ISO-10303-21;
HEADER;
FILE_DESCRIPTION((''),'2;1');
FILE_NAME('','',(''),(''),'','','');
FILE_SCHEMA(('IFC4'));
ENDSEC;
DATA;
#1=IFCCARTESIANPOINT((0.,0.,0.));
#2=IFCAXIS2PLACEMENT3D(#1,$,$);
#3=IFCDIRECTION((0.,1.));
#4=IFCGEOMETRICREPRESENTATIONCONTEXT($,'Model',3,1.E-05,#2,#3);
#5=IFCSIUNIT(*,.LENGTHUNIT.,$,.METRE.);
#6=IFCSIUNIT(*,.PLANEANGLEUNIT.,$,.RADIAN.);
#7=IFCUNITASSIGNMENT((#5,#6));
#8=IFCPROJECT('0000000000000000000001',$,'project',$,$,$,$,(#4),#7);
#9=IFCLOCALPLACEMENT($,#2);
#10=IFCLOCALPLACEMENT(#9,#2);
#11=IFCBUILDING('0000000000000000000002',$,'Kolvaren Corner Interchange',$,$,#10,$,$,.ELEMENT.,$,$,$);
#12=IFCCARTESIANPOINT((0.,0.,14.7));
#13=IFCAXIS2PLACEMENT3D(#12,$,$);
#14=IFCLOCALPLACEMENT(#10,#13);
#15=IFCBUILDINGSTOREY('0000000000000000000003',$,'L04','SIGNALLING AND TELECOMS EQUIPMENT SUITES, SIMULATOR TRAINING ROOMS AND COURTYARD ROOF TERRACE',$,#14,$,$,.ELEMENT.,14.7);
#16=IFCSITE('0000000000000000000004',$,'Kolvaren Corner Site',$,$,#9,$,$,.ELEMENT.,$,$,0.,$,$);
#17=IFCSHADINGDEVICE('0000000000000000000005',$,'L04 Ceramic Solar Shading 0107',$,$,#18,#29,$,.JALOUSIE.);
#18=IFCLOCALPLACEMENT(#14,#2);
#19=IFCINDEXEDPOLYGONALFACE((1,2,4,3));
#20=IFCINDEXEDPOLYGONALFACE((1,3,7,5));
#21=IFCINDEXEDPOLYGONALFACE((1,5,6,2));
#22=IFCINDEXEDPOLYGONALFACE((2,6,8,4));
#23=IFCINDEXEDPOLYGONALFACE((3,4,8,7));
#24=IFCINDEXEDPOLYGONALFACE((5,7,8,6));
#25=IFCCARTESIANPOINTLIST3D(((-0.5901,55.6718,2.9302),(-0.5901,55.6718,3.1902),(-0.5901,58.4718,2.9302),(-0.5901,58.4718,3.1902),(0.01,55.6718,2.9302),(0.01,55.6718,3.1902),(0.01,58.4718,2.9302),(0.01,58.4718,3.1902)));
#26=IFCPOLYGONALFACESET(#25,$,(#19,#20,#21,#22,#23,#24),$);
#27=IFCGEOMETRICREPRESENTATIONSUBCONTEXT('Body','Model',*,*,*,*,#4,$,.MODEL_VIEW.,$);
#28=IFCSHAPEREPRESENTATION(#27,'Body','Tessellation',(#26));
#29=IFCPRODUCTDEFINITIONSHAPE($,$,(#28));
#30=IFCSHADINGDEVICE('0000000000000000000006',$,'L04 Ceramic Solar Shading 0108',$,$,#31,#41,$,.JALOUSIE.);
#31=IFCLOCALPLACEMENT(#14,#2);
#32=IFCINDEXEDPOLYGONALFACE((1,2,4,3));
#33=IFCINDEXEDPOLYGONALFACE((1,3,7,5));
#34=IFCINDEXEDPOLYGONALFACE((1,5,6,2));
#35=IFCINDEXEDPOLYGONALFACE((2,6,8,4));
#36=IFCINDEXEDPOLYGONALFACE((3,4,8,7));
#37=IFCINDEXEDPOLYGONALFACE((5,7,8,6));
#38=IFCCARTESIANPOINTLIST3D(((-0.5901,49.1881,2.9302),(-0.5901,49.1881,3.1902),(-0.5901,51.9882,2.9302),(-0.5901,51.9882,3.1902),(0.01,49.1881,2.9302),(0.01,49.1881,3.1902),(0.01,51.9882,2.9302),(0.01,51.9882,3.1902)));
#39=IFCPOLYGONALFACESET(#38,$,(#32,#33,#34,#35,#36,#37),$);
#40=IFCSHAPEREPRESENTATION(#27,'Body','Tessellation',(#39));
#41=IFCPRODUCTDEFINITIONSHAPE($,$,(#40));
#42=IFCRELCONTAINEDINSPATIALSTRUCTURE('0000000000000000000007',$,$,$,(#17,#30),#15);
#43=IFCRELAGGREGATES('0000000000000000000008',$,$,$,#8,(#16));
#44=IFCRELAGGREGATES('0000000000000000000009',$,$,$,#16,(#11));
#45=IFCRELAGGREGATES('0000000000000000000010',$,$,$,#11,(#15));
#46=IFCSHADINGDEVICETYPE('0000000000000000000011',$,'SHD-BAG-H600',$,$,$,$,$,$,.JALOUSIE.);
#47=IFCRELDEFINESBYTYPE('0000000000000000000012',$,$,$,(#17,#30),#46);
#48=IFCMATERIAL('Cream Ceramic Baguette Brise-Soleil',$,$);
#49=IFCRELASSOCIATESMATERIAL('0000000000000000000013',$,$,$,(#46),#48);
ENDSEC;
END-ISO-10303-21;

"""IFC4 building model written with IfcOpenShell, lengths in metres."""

from ifc_helpers import new_model, si_unit, direction, frame, origin, origin_2d, place, context, subcontext, project, spatial, rectangle, extrude, material, type_object, element, save


model = new_model("IFC4")

# Units and contexts
model_context = context("Model", 3, precision=1e-05, world=origin(), true_north=direction((0.0, 1.0)))
body_context = subcontext(model_context, "Body", "Model", "MODEL_VIEW")
ifc_project = project(units=[si_unit("LENGTHUNIT", "METRE"), si_unit("PLANEANGLEUNIT", "RADIAN")], contexts=[model_context])

# Site, building, storey
site_placement = place(None, origin())
site = spatial("IfcSite", under=ifc_project, at=site_placement, Name="Kolvaren Corner Site", CompositionType="ELEMENT", RefElevation=0.0)
building_placement = place(site_placement, origin())
building = spatial("IfcBuilding", under=site, at=building_placement, Name="Kolvaren Corner Interchange", CompositionType="ELEMENT")
storey_placement = place(building_placement, frame((0.0, 0.0, 14.7)))
storey = spatial("IfcBuildingStorey", under=building, at=storey_placement, Name="L04", Description="SIGNALLING AND TELECOMS EQUIPMENT SUITES, SIMULATOR TRAINING ROOMS AND COURTYARD ROOF TERRACE", CompositionType="ELEMENT", Elevation=14.7)

# Shading devices
ifc_material_1 = material(Name="Cream Ceramic Baguette Brise-Soleil")
shading_device_type = type_object("IfcShadingDeviceType", Name="SHD-BAG-H600", PredefinedType="JALOUSIE", material=ifc_material_1)
for number, where, z_axis, x_axis, name in (
    (1, (-0.29, 57.0718, 2.9302), (0.0, 0.0, 1.0), (0.0, -1.0, 0.0), "L04 Ceramic Solar Shading 0107"),
    (2, (-0.29, 50.5881, 2.9302), (0.0, 0.0, 1.0), (0.0, -1.0, 0.0), "L04 Ceramic Solar Shading 0108"),
):
    element("IfcShadingDevice", number, at=place(storey_placement, frame(where, z_axis=z_axis, x_axis=x_axis)), inside=storey, type_object=shading_device_type, Name=name, PredefinedType="JALOUSIE", context=body_context, shape_type="SweptSolid", body=[
        extrude(rectangle(XDim=2.8, YDim=0.6001, at=origin_2d()), origin(), (0.0, 0.0, 1.0), 0.26),
    ])

save(model, "model.ifc")
